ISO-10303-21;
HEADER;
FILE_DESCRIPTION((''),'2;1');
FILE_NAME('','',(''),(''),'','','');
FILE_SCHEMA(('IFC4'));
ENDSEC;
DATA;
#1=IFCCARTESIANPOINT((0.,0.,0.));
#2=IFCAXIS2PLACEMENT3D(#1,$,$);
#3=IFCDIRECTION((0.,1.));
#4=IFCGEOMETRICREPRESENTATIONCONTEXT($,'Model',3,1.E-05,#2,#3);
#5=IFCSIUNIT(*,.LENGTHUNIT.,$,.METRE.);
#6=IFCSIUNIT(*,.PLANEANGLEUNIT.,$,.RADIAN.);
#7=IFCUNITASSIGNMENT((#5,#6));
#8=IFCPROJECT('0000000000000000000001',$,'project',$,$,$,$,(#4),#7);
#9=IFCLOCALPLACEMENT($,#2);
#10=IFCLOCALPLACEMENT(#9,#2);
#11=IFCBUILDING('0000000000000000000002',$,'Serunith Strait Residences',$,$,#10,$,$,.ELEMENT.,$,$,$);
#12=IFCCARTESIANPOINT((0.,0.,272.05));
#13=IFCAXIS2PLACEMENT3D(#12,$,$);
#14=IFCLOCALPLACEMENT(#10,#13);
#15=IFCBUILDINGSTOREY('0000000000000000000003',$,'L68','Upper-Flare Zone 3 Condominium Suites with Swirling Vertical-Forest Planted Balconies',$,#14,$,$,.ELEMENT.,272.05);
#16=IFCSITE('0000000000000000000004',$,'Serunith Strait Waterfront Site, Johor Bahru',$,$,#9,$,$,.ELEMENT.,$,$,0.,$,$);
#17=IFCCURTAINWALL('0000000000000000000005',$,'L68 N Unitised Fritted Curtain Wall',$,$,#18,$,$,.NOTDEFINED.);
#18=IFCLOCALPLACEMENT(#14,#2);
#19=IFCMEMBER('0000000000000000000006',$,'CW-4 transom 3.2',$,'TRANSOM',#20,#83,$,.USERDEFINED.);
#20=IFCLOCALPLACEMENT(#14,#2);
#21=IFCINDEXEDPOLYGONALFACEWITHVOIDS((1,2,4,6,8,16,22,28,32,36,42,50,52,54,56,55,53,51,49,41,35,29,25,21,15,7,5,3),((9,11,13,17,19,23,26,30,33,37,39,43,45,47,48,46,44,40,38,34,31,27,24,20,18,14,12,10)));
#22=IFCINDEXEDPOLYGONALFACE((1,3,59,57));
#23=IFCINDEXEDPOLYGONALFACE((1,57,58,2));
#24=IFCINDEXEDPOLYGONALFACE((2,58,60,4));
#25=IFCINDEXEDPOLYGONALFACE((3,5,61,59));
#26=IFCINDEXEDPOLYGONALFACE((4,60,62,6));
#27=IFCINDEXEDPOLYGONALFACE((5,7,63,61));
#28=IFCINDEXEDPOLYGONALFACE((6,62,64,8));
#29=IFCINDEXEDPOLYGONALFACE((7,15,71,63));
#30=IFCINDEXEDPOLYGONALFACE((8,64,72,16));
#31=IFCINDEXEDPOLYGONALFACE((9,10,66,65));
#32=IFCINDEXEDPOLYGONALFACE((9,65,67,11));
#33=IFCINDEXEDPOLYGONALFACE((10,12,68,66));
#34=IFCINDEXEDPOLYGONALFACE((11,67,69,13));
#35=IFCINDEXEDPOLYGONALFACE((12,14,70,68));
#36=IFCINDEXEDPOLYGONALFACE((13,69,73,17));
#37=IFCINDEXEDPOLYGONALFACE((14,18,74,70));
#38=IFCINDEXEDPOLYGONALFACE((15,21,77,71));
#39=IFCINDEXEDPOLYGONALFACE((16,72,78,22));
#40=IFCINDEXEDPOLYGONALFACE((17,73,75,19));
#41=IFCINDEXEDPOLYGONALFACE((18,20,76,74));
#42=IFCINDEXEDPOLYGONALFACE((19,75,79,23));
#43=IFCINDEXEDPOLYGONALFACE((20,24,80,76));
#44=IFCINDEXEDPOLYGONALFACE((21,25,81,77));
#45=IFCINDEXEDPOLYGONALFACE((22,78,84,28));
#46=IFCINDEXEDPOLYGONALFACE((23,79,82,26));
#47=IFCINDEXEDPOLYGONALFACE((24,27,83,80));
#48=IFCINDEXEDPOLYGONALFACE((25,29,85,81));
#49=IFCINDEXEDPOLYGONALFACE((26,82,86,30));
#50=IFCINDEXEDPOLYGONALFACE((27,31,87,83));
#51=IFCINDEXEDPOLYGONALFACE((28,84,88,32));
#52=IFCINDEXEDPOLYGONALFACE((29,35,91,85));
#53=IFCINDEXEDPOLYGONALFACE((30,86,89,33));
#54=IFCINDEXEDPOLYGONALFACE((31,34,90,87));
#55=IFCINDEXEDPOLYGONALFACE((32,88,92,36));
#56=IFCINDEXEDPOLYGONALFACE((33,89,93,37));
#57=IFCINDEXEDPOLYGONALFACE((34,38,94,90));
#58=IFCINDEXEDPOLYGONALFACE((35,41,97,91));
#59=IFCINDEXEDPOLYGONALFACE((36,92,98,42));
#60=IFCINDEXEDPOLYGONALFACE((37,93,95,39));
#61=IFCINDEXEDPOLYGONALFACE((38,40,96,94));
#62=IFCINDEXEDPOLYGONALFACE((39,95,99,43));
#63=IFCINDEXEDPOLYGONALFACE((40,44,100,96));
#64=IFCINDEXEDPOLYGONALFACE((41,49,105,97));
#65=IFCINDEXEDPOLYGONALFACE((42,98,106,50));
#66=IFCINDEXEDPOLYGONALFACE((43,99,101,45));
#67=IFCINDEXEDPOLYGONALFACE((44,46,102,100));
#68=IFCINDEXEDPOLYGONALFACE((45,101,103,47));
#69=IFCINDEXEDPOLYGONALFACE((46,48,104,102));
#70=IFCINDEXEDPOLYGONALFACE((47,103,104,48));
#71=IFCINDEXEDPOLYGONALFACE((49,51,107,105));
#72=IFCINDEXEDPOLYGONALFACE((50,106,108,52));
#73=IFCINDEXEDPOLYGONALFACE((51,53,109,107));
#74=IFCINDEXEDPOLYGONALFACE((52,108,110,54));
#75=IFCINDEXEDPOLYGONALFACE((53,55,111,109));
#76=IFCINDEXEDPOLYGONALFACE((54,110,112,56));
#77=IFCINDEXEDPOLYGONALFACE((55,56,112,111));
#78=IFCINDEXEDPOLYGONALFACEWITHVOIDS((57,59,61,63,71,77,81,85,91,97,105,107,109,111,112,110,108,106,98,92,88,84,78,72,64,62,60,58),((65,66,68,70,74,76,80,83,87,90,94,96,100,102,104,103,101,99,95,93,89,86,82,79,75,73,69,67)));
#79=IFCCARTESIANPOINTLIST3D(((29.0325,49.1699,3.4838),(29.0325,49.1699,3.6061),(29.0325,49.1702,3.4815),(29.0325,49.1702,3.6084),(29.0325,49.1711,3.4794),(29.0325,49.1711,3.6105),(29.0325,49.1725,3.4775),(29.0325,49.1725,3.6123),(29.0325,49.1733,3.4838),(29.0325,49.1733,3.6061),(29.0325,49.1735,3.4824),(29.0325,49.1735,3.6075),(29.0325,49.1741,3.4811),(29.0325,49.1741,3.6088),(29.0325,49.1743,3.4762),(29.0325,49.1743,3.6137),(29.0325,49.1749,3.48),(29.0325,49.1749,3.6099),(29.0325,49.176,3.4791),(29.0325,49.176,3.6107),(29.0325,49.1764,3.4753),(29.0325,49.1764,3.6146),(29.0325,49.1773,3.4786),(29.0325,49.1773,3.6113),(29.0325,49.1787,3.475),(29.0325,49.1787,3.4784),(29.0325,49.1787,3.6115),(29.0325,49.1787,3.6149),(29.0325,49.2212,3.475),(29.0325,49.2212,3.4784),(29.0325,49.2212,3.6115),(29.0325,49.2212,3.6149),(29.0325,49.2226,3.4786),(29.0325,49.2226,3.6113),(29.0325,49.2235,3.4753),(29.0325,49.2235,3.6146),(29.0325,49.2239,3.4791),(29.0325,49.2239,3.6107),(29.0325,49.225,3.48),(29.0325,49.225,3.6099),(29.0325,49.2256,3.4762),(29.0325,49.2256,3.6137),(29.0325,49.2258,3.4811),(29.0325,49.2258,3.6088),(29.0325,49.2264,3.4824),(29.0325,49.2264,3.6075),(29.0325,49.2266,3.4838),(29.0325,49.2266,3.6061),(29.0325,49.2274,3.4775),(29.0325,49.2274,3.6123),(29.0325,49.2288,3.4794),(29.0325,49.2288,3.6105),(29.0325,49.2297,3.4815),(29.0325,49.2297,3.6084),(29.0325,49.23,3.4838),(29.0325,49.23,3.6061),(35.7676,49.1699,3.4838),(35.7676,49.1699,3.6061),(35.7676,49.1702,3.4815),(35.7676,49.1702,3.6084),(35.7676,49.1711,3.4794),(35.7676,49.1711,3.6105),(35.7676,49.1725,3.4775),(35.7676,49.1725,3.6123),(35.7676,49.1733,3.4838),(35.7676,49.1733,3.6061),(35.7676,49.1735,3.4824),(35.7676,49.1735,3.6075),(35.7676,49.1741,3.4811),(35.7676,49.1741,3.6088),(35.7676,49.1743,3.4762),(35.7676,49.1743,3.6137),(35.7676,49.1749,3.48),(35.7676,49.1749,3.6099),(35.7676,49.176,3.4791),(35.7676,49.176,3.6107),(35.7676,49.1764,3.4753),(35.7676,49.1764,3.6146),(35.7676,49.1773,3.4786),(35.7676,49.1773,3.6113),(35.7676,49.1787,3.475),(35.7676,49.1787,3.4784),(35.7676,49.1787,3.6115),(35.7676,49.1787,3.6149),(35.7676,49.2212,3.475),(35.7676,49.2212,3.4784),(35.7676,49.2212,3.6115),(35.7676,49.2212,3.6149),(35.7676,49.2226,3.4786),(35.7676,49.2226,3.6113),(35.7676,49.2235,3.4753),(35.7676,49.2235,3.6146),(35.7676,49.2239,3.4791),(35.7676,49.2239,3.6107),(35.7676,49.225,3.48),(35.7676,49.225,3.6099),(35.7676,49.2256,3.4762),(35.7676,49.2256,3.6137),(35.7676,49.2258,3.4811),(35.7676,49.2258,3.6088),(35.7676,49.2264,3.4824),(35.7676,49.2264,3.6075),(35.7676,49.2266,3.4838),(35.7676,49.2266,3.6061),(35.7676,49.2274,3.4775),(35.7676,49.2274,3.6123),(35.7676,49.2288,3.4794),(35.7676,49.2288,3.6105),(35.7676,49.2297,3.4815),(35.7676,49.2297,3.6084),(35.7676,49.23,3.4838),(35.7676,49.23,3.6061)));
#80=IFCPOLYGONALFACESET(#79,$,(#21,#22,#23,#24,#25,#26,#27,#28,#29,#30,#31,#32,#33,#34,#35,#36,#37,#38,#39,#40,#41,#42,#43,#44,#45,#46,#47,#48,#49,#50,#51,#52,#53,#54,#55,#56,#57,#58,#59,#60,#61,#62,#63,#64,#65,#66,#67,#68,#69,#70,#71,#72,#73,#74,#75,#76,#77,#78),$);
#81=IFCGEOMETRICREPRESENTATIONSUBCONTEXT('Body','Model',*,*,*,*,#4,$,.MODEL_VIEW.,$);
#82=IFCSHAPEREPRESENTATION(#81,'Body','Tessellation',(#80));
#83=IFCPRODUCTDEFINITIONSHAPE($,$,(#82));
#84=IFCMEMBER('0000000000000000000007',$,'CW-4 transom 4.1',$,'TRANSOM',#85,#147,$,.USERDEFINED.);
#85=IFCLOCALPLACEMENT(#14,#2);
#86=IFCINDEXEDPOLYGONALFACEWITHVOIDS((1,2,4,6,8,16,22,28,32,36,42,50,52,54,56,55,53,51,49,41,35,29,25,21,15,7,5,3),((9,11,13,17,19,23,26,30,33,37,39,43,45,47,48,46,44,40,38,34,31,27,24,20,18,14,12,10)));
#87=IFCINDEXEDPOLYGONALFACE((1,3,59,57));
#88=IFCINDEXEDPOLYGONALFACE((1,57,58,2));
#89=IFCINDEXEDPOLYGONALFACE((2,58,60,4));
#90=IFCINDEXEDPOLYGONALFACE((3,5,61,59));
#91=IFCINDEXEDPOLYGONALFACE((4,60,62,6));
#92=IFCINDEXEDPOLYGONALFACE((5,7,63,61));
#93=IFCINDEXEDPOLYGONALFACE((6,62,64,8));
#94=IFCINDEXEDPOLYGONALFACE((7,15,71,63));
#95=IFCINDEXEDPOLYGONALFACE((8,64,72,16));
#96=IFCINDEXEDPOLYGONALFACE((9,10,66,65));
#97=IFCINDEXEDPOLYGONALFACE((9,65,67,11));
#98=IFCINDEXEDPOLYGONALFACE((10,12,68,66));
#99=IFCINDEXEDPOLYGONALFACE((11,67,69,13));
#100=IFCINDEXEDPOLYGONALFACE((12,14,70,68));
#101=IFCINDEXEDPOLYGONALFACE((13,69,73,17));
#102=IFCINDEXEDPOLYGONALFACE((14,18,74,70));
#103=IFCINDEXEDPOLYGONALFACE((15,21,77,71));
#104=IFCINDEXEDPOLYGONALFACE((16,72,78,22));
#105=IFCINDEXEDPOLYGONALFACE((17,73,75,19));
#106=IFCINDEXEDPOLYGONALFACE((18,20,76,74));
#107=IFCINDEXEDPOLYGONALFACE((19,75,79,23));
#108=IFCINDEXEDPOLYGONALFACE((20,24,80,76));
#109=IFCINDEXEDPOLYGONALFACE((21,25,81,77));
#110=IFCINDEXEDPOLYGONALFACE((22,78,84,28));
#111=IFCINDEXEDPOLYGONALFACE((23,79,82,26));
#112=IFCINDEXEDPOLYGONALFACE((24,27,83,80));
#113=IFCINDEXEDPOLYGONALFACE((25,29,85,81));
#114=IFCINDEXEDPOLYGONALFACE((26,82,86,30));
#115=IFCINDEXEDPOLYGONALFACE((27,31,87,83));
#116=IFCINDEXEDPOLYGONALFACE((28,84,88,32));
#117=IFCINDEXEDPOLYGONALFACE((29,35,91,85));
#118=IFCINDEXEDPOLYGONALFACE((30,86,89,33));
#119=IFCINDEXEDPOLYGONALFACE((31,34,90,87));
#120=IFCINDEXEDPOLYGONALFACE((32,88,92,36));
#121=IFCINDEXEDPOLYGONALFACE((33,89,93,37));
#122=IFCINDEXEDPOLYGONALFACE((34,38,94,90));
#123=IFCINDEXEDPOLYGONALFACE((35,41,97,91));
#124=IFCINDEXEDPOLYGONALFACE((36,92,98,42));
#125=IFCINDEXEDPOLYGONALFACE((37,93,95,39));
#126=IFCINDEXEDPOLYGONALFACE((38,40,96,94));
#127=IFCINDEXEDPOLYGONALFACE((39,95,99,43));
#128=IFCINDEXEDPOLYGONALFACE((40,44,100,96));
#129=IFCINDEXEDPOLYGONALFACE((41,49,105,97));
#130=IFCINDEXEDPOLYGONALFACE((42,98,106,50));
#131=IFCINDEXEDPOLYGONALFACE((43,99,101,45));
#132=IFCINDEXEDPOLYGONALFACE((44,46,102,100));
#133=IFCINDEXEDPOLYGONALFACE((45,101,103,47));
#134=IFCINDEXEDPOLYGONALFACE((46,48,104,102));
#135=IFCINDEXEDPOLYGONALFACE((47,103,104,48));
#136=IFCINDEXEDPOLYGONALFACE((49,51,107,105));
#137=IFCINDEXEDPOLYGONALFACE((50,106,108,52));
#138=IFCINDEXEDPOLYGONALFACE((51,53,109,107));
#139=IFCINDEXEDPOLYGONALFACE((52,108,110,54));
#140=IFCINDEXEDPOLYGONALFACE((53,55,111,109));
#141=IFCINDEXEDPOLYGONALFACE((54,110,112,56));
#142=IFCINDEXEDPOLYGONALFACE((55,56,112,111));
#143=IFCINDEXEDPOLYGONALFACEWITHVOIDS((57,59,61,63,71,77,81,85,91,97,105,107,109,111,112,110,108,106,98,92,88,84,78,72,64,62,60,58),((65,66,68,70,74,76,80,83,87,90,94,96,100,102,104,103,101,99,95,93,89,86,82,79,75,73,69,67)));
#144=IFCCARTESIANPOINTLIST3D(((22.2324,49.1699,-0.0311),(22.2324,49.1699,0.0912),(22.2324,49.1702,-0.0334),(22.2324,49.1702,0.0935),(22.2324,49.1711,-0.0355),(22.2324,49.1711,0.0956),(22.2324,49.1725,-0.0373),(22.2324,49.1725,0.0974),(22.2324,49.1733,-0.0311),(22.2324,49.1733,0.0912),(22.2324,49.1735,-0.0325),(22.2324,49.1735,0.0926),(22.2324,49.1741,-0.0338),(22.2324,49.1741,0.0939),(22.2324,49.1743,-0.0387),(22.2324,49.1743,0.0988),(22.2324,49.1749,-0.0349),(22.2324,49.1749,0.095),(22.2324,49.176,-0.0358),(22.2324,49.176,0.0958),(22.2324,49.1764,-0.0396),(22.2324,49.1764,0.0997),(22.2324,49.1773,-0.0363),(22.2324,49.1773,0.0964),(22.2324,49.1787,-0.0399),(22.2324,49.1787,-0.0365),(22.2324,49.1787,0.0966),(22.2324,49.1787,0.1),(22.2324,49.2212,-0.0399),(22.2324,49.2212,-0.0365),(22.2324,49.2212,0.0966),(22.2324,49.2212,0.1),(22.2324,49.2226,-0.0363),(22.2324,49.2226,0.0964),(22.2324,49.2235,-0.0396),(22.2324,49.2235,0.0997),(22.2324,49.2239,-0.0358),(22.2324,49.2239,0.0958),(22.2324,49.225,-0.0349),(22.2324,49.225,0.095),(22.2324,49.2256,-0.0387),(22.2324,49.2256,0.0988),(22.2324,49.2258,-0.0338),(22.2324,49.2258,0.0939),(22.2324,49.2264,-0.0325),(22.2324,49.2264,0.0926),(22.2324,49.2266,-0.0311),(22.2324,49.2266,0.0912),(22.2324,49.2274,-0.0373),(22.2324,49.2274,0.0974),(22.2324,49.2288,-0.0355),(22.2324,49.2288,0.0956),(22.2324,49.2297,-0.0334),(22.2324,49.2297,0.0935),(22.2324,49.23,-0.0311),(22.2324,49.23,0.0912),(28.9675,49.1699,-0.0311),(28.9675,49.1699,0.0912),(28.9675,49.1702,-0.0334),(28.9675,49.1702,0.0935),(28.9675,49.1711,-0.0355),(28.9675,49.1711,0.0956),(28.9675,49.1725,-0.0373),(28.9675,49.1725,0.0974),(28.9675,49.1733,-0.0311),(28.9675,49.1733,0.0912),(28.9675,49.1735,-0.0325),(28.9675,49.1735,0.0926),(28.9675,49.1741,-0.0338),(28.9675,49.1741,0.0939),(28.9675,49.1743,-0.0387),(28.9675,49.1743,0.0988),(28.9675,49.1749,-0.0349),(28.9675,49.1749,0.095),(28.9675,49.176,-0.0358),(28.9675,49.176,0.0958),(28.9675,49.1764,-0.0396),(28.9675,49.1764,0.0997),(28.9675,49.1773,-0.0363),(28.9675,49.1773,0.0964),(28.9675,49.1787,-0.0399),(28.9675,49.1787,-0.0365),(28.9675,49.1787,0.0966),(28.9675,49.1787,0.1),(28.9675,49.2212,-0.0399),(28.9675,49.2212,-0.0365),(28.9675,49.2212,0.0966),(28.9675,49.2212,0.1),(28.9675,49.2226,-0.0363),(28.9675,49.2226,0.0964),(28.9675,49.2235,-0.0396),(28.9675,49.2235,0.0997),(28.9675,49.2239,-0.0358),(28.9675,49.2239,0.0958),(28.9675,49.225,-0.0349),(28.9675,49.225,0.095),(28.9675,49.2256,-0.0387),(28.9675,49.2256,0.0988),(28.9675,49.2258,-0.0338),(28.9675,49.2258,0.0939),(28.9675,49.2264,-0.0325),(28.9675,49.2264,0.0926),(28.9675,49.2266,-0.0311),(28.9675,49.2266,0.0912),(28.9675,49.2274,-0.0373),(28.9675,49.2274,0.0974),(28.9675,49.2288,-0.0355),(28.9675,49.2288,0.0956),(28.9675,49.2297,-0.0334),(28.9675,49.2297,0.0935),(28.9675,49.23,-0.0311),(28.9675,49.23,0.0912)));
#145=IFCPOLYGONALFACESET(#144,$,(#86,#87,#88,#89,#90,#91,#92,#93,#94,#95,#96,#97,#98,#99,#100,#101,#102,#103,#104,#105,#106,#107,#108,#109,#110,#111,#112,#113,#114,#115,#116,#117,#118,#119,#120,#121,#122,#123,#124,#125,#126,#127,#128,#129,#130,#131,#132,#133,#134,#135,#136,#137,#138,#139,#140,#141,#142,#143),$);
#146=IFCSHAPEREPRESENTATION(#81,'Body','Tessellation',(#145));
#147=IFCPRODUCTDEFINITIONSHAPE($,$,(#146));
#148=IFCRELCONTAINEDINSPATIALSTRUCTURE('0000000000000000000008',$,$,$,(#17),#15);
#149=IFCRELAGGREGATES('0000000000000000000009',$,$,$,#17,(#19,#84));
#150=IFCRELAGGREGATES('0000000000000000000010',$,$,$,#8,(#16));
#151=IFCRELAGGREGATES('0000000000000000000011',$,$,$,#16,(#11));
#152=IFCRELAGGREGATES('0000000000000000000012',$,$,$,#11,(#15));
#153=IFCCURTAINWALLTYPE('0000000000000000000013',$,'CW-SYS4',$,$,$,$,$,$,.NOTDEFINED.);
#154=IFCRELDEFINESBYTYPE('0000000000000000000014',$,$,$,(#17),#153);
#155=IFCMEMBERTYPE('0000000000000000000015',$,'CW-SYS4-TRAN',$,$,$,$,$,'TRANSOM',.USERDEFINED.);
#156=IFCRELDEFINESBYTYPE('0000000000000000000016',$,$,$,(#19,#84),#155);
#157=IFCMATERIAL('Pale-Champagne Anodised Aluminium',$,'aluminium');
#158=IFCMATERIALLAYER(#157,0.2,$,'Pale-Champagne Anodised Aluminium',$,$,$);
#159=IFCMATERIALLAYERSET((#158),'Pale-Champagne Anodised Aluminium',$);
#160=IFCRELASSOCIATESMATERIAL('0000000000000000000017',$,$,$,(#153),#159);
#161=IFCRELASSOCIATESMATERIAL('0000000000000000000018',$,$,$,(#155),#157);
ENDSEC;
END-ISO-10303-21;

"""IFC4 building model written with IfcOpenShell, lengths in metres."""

from ifc_helpers import new_model, si_unit, direction, frame, origin, origin_2d, place, context, subcontext, project, spatial, hollow_rectangle, extrude, source, transform, mapped, material, layer, layer_set, material_profile, profile_set, type_object, element, aggregate, save


model = new_model("IFC4")

# Units and contexts
model_context = context("Model", 3, precision=1e-05, world=origin(), true_north=direction((0.0, 1.0)))
body_context = subcontext(model_context, "Body", "Model", "MODEL_VIEW")
ifc_project = project(units=[si_unit("LENGTHUNIT", "METRE"), si_unit("PLANEANGLEUNIT", "RADIAN")], contexts=[model_context])

# Site, building, storey
site_placement = place(None, origin())
site = spatial("IfcSite", under=ifc_project, at=site_placement, Name="Serunith Strait Waterfront Site, Johor Bahru", CompositionType="ELEMENT", RefElevation=0.0)
building_placement = place(site_placement, origin())
building = spatial("IfcBuilding", under=site, at=building_placement, Name="Serunith Strait Residences", CompositionType="ELEMENT")
storey_placement = place(building_placement, frame((0.0, 0.0, 272.05)))
storey = spatial("IfcBuildingStorey", under=building, at=storey_placement, Name="L68", Description="Upper-Flare Zone 3 Condominium Suites with Swirling Vertical-Forest Planted Balconies", CompositionType="ELEMENT", Elevation=272.05)

# Curtain wall, members
ifc_material_1 = material(Name="Pale-Champagne Anodised Aluminium", Category="aluminium")
ifc_layer_1 = layer(ifc_material_1, 0.2, Name="Pale-Champagne Anodised Aluminium")
ifc_layer_set_1 = layer_set([ifc_layer_1], Name="Pale-Champagne Anodised Aluminium")
curtain_wall_type = type_object("IfcCurtainWallType", Name="CW-SYS4", PredefinedType="NOTDEFINED", material=ifc_layer_set_1)
curtain_wall_placement = place(storey_placement, origin())
curtain_wall = element("IfcCurtainWall", 1, at=curtain_wall_placement, inside=storey, type_object=curtain_wall_type, Name="L68 N Unitised Fritted Curtain Wall", PredefinedType="NOTDEFINED")
ifc_material_profile_1 = material_profile(ifc_material_1, hollow_rectangle(XDim=0.0601, YDim=0.1399, WallThickness=0.0034, InnerFilletRadius=0.0054, OuterFilletRadius=0.0088, at=origin_2d()), Name="ALU 140x60x3.5")
ifc_profile_set_1 = profile_set([ifc_material_profile_1], Name="Pale-Champagne Anodised Aluminium")
member_type_1 = type_object("IfcMemberType", Name="CW-SYS4-TRAN", ElementType="TRANSOM", PredefinedType="USERDEFINED", material=ifc_profile_set_1)
shared_shape_1 = source(origin(), body_context, "Body", "SweptSolid", [
    extrude(hollow_rectangle(XDim=0.0601, YDim=0.1399, WallThickness=0.0034, InnerFilletRadius=0.0054, OuterFilletRadius=0.0088, at=origin_2d()), origin(), (0.0, 0.0, 1.0), 6.7351),
])
member_1_placement = place(storey_placement, frame((35.7676, 49.2, 3.5449), z_axis=(-1.0, 0.0, 0.0), x_axis=(0.0, -1.0, 0.0)))
member_1 = element("IfcMember", 2, at=member_1_placement, type_object=member_type_1, Name="CW-4 transom 3.2", ObjectType="TRANSOM", PredefinedType="USERDEFINED", context=body_context, shape_type="MappedRepresentation", body=[
    mapped(shared_shape_1, transform((0.0, 0.0, 0.0), scale=1.0)),
])
member_2_placement = place(storey_placement, frame((28.9675, 49.2, 0.03), z_axis=(-1.0, 0.0, 0.0), x_axis=(0.0, -1.0, 0.0)))
member_2 = element("IfcMember", 3, at=member_2_placement, type_object=member_type_1, Name="CW-4 transom 4.1", ObjectType="TRANSOM", PredefinedType="USERDEFINED", context=body_context, shape_type="MappedRepresentation", body=[
    mapped(shared_shape_1, transform((0.0, 0.0, 0.0), scale=1.0)),
])
aggregate(curtain_wall, [member_1, member_2])

save(model, "model.ifc")
